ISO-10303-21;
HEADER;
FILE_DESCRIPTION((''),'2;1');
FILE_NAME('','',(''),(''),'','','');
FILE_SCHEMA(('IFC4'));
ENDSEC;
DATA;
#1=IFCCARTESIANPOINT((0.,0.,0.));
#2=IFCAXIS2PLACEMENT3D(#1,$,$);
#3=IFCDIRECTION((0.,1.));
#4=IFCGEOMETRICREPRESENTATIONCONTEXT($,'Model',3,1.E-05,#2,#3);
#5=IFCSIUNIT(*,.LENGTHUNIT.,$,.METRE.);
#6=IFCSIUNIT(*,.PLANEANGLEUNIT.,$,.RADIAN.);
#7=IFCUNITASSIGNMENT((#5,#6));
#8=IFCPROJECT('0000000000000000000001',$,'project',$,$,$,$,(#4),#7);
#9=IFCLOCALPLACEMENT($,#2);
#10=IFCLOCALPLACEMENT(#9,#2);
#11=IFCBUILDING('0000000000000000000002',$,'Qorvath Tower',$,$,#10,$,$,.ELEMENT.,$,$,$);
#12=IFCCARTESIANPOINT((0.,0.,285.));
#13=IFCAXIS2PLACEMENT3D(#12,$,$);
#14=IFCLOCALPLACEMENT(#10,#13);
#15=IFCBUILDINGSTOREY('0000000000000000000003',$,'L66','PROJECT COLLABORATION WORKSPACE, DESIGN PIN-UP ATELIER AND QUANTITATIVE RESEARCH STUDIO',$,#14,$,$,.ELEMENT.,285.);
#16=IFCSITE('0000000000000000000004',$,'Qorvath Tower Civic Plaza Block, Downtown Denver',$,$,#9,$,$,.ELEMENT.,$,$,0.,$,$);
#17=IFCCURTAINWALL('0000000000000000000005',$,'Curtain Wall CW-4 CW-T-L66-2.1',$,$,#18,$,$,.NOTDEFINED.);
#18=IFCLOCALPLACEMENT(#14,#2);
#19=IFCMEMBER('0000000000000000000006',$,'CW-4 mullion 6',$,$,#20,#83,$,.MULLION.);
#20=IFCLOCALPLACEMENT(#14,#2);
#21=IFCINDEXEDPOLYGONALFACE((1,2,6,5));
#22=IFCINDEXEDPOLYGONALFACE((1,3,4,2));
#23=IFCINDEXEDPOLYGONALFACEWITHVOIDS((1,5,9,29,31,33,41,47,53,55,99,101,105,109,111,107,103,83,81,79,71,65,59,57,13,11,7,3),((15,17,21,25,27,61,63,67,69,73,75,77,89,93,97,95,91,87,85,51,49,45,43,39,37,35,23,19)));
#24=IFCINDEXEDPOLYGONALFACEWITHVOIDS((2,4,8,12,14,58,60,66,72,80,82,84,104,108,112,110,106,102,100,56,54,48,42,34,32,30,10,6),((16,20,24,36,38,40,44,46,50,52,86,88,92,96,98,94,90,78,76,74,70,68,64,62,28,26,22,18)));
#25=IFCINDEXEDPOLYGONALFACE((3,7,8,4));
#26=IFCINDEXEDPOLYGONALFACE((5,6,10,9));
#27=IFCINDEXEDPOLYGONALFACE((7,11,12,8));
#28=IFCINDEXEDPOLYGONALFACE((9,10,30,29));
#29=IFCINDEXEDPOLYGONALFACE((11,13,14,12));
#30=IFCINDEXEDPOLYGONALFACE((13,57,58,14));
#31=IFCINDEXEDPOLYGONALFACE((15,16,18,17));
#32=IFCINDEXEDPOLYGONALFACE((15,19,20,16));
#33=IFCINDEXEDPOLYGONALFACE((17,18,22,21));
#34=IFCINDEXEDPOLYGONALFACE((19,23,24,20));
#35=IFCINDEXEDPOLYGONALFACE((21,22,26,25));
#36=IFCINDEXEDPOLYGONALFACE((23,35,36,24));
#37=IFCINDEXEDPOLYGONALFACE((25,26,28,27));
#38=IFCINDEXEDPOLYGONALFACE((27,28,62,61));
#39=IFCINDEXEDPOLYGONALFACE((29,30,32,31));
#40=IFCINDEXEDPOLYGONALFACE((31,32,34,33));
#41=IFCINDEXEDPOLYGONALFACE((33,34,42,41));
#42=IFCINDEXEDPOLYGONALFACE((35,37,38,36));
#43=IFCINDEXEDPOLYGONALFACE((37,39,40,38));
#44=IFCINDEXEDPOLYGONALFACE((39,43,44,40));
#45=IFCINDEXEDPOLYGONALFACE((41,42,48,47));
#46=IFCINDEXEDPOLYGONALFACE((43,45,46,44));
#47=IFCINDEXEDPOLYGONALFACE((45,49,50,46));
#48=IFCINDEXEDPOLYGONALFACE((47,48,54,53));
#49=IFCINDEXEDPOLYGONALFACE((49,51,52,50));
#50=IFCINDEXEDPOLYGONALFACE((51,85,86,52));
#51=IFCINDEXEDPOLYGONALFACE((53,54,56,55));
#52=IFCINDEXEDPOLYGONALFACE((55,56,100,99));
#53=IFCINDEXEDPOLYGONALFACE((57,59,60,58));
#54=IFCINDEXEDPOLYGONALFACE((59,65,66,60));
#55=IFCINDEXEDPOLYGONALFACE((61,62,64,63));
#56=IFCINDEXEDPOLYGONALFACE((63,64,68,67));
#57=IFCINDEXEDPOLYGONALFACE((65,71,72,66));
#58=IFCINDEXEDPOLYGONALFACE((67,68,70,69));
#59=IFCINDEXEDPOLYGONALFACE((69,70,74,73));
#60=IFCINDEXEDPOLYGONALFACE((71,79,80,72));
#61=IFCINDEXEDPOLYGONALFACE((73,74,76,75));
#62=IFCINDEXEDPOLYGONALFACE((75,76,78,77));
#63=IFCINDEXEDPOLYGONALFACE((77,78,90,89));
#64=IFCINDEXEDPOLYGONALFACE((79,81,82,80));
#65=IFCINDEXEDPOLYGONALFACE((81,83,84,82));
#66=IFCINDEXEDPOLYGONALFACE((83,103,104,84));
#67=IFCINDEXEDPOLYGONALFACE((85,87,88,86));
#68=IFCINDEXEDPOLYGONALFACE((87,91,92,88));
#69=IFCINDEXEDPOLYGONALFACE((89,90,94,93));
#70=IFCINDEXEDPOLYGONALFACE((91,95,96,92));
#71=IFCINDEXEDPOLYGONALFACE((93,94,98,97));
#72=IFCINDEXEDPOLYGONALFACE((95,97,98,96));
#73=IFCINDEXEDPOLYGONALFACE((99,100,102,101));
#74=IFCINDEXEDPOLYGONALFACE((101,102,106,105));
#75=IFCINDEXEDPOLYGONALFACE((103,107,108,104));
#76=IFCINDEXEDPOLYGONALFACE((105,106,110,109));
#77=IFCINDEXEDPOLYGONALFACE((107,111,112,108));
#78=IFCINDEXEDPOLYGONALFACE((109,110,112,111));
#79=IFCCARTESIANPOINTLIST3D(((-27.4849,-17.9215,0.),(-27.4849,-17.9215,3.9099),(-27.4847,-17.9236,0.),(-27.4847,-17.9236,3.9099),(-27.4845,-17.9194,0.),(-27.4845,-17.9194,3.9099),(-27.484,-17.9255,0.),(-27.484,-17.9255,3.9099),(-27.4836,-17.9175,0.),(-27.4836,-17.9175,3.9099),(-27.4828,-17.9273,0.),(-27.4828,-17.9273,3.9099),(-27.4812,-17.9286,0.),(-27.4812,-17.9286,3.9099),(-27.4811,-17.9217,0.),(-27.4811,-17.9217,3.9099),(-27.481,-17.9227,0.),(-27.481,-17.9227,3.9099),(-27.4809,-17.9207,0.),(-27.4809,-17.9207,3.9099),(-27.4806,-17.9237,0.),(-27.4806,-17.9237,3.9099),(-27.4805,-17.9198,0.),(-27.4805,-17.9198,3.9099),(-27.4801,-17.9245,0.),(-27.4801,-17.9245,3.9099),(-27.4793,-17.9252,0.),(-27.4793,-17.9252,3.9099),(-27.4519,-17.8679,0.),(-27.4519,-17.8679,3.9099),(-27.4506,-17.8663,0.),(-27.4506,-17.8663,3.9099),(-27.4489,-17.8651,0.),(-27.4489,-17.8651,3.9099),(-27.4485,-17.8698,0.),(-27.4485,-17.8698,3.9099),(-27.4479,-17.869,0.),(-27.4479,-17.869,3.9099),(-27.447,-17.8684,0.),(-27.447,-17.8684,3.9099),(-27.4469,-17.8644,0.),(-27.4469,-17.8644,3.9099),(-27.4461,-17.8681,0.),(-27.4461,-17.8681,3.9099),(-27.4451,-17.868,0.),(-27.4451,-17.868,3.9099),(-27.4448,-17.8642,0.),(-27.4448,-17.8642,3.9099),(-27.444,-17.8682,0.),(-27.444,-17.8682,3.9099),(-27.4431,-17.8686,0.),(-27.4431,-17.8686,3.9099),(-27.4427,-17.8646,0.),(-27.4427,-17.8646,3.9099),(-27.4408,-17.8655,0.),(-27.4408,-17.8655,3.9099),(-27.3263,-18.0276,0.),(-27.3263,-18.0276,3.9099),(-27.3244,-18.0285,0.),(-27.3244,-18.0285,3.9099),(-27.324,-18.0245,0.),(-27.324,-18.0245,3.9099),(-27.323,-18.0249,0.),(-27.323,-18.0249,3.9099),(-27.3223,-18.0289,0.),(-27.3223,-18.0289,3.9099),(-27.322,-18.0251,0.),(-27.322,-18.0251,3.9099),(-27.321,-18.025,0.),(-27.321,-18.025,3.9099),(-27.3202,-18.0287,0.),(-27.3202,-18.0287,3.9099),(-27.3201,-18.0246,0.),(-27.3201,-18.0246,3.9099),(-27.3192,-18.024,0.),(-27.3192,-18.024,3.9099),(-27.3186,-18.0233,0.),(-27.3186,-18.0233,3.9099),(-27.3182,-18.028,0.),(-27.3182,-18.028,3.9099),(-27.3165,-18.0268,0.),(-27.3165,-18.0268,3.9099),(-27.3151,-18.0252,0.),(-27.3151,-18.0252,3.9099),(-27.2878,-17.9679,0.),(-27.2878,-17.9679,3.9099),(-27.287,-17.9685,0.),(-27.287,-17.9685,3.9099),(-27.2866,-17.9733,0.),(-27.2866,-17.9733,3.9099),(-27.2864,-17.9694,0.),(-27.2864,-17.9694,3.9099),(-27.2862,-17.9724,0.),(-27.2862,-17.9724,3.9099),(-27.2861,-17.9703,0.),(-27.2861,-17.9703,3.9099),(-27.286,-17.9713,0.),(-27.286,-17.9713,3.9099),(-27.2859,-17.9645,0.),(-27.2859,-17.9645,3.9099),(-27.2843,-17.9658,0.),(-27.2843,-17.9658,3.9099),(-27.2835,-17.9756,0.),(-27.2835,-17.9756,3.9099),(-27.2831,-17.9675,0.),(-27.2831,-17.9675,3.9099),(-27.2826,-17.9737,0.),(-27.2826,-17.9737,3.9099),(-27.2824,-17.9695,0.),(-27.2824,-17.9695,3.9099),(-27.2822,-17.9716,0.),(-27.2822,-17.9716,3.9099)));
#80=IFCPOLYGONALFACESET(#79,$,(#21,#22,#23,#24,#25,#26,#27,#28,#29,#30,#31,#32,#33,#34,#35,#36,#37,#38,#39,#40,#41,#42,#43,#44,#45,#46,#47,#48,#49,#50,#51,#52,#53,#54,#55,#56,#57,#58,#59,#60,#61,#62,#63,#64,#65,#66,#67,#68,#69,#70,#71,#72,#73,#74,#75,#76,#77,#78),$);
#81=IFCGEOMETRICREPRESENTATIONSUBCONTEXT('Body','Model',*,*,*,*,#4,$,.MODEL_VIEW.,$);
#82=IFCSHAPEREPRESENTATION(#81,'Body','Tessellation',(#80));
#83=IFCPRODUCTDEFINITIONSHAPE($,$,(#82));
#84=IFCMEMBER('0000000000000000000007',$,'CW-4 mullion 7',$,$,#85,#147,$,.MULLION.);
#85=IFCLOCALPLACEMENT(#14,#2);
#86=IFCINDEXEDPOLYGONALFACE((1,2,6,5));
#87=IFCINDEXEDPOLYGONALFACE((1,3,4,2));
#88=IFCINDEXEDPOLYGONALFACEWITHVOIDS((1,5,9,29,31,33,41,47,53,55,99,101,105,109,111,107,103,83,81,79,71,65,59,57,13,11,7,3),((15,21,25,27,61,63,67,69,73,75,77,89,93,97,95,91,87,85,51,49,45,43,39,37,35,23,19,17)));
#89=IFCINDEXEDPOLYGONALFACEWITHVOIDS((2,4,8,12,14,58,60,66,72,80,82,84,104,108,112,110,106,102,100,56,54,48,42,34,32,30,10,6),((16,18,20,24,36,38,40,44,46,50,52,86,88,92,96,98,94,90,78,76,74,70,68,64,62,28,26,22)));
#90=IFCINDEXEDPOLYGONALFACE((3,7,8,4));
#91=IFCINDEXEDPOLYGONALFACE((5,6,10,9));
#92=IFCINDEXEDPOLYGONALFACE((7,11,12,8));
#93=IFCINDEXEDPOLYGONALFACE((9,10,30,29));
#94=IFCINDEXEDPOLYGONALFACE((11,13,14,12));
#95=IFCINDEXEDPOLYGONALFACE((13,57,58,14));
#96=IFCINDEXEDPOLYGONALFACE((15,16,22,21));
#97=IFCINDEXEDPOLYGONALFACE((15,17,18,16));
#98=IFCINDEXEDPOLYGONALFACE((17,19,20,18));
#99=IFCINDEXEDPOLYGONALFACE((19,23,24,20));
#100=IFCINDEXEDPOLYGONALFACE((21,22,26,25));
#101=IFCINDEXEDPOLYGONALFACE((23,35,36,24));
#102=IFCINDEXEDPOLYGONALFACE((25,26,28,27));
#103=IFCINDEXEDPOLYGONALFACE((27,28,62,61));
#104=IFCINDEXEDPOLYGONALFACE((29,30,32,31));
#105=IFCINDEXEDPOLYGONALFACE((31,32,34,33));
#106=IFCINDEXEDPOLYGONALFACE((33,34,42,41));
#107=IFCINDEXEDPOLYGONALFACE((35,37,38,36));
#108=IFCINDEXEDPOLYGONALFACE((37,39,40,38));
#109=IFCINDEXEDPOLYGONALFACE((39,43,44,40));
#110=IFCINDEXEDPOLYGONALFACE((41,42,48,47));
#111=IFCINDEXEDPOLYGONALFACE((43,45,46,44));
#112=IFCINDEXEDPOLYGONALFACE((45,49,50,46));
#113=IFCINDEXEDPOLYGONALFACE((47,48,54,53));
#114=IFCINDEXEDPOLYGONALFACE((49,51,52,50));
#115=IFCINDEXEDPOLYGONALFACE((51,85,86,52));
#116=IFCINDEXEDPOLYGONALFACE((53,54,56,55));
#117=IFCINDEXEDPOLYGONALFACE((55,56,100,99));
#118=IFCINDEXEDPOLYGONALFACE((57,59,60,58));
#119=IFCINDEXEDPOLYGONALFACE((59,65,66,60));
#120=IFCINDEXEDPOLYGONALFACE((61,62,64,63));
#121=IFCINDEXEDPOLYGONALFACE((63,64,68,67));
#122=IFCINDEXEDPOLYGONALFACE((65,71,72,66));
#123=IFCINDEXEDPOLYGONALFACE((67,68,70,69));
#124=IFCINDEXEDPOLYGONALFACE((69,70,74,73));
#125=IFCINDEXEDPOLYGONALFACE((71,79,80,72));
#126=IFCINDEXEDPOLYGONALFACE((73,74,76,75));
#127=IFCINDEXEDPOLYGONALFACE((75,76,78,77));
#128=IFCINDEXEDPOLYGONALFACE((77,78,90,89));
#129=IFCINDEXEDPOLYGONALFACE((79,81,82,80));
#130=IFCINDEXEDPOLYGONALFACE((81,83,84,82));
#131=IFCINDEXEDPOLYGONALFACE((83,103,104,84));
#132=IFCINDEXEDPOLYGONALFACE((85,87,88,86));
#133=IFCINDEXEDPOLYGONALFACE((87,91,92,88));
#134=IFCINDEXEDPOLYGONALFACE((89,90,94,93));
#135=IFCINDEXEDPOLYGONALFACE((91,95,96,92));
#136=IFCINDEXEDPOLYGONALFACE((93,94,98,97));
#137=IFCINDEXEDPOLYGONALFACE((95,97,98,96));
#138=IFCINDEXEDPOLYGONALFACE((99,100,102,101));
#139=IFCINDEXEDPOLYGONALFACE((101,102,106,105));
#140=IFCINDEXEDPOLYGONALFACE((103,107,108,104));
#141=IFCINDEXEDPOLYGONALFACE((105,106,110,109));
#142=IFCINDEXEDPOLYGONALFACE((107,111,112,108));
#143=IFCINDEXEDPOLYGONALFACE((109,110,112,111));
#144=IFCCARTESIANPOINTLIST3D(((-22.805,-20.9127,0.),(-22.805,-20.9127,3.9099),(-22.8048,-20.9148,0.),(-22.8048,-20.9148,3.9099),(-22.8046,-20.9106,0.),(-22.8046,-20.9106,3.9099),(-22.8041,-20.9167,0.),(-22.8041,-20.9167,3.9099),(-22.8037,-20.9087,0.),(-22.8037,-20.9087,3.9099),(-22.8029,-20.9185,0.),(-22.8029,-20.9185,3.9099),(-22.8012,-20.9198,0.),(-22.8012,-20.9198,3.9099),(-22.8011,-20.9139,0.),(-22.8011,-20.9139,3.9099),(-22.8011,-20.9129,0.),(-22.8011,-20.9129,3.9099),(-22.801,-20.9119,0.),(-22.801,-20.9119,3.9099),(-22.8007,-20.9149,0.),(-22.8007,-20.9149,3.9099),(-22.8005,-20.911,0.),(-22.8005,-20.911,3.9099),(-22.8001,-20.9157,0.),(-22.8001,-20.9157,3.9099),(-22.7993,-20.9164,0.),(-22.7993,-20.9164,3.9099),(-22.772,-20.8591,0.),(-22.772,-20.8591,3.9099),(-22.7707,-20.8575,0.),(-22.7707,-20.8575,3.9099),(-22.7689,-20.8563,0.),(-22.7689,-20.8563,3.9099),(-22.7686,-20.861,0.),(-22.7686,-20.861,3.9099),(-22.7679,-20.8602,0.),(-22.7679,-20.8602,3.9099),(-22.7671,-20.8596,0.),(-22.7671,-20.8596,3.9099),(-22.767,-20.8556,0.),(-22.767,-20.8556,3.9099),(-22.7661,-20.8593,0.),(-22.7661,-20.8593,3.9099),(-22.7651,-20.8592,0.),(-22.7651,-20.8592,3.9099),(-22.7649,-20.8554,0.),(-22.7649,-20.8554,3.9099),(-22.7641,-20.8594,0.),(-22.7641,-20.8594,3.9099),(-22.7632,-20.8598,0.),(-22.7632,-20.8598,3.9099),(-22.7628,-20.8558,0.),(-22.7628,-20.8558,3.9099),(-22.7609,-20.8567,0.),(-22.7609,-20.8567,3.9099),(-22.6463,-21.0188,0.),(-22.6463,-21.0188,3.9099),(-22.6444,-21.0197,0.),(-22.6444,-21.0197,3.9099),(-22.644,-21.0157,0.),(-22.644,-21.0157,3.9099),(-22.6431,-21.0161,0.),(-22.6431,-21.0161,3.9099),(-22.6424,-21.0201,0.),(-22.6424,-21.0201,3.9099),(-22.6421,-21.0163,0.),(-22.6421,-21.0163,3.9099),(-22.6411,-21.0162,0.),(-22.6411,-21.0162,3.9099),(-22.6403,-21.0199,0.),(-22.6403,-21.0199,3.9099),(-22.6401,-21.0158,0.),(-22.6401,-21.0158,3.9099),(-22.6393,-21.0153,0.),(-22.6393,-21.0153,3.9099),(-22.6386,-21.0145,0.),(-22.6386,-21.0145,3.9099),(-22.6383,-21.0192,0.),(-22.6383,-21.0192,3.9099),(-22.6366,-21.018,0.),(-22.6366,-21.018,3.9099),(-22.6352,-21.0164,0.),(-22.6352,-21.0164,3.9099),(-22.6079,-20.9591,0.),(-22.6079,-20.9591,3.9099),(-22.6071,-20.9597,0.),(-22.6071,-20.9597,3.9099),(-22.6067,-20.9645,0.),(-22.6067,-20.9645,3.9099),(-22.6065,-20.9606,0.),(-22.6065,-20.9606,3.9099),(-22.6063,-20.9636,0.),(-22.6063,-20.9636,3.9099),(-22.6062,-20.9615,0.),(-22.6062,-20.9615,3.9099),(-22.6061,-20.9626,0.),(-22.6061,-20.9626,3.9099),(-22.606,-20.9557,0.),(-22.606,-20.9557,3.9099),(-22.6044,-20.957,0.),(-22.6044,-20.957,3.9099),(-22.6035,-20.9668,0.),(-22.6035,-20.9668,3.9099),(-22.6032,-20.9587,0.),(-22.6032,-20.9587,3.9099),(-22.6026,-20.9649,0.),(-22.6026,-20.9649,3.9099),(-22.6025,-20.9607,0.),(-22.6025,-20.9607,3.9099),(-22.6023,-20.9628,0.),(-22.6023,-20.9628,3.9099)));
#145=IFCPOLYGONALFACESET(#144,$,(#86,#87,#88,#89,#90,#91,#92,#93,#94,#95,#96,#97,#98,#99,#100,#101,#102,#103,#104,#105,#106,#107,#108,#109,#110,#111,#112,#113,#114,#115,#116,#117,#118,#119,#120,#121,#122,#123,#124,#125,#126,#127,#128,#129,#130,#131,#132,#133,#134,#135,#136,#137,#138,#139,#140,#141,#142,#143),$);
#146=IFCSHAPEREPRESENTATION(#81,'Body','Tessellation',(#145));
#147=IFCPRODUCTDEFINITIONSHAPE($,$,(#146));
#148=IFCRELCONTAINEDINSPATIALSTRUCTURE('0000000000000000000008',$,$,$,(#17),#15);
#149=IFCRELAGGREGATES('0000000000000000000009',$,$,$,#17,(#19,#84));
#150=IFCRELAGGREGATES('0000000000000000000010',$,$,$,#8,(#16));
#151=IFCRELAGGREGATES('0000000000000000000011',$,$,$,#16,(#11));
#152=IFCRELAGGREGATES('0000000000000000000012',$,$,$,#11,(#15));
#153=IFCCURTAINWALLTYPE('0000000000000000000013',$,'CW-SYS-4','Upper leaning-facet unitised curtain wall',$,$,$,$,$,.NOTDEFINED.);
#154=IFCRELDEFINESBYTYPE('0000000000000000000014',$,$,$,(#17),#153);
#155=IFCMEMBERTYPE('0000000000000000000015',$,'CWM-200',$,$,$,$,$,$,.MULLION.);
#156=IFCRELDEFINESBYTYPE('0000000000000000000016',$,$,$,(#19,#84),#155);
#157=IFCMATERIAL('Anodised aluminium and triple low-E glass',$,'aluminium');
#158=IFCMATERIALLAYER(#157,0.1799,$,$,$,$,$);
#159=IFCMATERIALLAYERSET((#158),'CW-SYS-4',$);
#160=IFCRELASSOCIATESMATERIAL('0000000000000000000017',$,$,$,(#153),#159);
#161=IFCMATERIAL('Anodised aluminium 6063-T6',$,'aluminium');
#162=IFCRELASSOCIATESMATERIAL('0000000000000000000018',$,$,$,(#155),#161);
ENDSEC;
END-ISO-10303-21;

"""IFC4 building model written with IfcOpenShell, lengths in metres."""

from ifc_helpers import new_model, si_unit, direction, frame, origin, origin_2d, place, context, subcontext, project, spatial, hollow_rectangle, extrude, material, layer, layer_set, material_profile, profile_set, type_object, element, aggregate, save


model = new_model("IFC4")

# Units and contexts
model_context = context("Model", 3, precision=1e-05, world=origin(), true_north=direction((0.0, 1.0)))
body_context = subcontext(model_context, "Body", "Model", "MODEL_VIEW")
ifc_project = project(units=[si_unit("LENGTHUNIT", "METRE"), si_unit("PLANEANGLEUNIT", "RADIAN")], contexts=[model_context])

# Site, building, storey
site_placement = place(None, origin())
site = spatial("IfcSite", under=ifc_project, at=site_placement, Name="Qorvath Tower Civic Plaza Block, Downtown Denver", CompositionType="ELEMENT", RefElevation=0.0)
building_placement = place(site_placement, origin())
building = spatial("IfcBuilding", under=site, at=building_placement, Name="Qorvath Tower", CompositionType="ELEMENT")
storey_placement = place(building_placement, frame((0.0, 0.0, 285.0)))
storey = spatial("IfcBuildingStorey", under=building, at=storey_placement, Name="L66", Description="PROJECT COLLABORATION WORKSPACE, DESIGN PIN-UP ATELIER AND QUANTITATIVE RESEARCH STUDIO", CompositionType="ELEMENT", Elevation=285.0)

# Curtain wall, members
ifc_material_1 = material(Name="Anodised aluminium and triple low-E glass", Category="aluminium")
ifc_layer_1 = layer(ifc_material_1, 0.1799)
ifc_layer_set_1 = layer_set([ifc_layer_1], Name="CW-SYS-4")
curtain_wall_type = type_object("IfcCurtainWallType", Name="CW-SYS-4", Description="Upper leaning-facet unitised curtain wall", PredefinedType="NOTDEFINED", material=ifc_layer_set_1)
curtain_wall_placement = place(storey_placement, origin())
curtain_wall = element("IfcCurtainWall", 1, at=curtain_wall_placement, inside=storey, type_object=curtain_wall_type, Name="Curtain Wall CW-4 CW-T-L66-2.1", PredefinedType="NOTDEFINED")
ifc_material_2 = material(Name="Anodised aluminium 6063-T6", Category="aluminium")
ifc_material_profile_1 = material_profile(ifc_material_2, hollow_rectangle(XDim=0.075, YDim=0.2, WallThickness=0.0039, InnerFilletRadius=0.0039, OuterFilletRadius=0.0081, at=origin_2d()), Name="CWM 200x75")
ifc_profile_set_1 = profile_set([ifc_material_profile_1], Name="Anodised aluminium 6063-T6")
member_type_1 = type_object("IfcMemberType", Name="CWM-200", PredefinedType="MULLION", material=ifc_profile_set_1)
member_1_placement = place(storey_placement, frame((-27.3835, -17.9465, 0.0), z_axis=(0.0, 0.0, 1.0), x_axis=(0.538532, 0.842605, 0.0)))
member_1 = element("IfcMember", 2, at=member_1_placement, type_object=member_type_1, Name="CW-4 mullion 6", PredefinedType="MULLION", context=body_context, shape_type="SweptSolid", body=[
    extrude(hollow_rectangle(XDim=0.075, YDim=0.2, WallThickness=0.0039, InnerFilletRadius=0.0039, OuterFilletRadius=0.0081, at=origin_2d()), origin(), (0.0, 0.0, 1.0), 3.9099),
])
member_2_placement = place(storey_placement, frame((-22.7036, -20.9377, 0.0), z_axis=(0.0, 0.0, 1.0), x_axis=(0.538532, 0.842605, 0.0)))
member_2 = element("IfcMember", 3, at=member_2_placement, type_object=member_type_1, Name="CW-4 mullion 7", PredefinedType="MULLION", context=body_context, shape_type="SweptSolid", body=[
    extrude(hollow_rectangle(XDim=0.075, YDim=0.2, WallThickness=0.0039, InnerFilletRadius=0.0039, OuterFilletRadius=0.0081, at=origin_2d()), origin(), (0.0, 0.0, 1.0), 3.9099),
])
aggregate(curtain_wall, [member_1, member_2])

save(model, "model.ifc")
